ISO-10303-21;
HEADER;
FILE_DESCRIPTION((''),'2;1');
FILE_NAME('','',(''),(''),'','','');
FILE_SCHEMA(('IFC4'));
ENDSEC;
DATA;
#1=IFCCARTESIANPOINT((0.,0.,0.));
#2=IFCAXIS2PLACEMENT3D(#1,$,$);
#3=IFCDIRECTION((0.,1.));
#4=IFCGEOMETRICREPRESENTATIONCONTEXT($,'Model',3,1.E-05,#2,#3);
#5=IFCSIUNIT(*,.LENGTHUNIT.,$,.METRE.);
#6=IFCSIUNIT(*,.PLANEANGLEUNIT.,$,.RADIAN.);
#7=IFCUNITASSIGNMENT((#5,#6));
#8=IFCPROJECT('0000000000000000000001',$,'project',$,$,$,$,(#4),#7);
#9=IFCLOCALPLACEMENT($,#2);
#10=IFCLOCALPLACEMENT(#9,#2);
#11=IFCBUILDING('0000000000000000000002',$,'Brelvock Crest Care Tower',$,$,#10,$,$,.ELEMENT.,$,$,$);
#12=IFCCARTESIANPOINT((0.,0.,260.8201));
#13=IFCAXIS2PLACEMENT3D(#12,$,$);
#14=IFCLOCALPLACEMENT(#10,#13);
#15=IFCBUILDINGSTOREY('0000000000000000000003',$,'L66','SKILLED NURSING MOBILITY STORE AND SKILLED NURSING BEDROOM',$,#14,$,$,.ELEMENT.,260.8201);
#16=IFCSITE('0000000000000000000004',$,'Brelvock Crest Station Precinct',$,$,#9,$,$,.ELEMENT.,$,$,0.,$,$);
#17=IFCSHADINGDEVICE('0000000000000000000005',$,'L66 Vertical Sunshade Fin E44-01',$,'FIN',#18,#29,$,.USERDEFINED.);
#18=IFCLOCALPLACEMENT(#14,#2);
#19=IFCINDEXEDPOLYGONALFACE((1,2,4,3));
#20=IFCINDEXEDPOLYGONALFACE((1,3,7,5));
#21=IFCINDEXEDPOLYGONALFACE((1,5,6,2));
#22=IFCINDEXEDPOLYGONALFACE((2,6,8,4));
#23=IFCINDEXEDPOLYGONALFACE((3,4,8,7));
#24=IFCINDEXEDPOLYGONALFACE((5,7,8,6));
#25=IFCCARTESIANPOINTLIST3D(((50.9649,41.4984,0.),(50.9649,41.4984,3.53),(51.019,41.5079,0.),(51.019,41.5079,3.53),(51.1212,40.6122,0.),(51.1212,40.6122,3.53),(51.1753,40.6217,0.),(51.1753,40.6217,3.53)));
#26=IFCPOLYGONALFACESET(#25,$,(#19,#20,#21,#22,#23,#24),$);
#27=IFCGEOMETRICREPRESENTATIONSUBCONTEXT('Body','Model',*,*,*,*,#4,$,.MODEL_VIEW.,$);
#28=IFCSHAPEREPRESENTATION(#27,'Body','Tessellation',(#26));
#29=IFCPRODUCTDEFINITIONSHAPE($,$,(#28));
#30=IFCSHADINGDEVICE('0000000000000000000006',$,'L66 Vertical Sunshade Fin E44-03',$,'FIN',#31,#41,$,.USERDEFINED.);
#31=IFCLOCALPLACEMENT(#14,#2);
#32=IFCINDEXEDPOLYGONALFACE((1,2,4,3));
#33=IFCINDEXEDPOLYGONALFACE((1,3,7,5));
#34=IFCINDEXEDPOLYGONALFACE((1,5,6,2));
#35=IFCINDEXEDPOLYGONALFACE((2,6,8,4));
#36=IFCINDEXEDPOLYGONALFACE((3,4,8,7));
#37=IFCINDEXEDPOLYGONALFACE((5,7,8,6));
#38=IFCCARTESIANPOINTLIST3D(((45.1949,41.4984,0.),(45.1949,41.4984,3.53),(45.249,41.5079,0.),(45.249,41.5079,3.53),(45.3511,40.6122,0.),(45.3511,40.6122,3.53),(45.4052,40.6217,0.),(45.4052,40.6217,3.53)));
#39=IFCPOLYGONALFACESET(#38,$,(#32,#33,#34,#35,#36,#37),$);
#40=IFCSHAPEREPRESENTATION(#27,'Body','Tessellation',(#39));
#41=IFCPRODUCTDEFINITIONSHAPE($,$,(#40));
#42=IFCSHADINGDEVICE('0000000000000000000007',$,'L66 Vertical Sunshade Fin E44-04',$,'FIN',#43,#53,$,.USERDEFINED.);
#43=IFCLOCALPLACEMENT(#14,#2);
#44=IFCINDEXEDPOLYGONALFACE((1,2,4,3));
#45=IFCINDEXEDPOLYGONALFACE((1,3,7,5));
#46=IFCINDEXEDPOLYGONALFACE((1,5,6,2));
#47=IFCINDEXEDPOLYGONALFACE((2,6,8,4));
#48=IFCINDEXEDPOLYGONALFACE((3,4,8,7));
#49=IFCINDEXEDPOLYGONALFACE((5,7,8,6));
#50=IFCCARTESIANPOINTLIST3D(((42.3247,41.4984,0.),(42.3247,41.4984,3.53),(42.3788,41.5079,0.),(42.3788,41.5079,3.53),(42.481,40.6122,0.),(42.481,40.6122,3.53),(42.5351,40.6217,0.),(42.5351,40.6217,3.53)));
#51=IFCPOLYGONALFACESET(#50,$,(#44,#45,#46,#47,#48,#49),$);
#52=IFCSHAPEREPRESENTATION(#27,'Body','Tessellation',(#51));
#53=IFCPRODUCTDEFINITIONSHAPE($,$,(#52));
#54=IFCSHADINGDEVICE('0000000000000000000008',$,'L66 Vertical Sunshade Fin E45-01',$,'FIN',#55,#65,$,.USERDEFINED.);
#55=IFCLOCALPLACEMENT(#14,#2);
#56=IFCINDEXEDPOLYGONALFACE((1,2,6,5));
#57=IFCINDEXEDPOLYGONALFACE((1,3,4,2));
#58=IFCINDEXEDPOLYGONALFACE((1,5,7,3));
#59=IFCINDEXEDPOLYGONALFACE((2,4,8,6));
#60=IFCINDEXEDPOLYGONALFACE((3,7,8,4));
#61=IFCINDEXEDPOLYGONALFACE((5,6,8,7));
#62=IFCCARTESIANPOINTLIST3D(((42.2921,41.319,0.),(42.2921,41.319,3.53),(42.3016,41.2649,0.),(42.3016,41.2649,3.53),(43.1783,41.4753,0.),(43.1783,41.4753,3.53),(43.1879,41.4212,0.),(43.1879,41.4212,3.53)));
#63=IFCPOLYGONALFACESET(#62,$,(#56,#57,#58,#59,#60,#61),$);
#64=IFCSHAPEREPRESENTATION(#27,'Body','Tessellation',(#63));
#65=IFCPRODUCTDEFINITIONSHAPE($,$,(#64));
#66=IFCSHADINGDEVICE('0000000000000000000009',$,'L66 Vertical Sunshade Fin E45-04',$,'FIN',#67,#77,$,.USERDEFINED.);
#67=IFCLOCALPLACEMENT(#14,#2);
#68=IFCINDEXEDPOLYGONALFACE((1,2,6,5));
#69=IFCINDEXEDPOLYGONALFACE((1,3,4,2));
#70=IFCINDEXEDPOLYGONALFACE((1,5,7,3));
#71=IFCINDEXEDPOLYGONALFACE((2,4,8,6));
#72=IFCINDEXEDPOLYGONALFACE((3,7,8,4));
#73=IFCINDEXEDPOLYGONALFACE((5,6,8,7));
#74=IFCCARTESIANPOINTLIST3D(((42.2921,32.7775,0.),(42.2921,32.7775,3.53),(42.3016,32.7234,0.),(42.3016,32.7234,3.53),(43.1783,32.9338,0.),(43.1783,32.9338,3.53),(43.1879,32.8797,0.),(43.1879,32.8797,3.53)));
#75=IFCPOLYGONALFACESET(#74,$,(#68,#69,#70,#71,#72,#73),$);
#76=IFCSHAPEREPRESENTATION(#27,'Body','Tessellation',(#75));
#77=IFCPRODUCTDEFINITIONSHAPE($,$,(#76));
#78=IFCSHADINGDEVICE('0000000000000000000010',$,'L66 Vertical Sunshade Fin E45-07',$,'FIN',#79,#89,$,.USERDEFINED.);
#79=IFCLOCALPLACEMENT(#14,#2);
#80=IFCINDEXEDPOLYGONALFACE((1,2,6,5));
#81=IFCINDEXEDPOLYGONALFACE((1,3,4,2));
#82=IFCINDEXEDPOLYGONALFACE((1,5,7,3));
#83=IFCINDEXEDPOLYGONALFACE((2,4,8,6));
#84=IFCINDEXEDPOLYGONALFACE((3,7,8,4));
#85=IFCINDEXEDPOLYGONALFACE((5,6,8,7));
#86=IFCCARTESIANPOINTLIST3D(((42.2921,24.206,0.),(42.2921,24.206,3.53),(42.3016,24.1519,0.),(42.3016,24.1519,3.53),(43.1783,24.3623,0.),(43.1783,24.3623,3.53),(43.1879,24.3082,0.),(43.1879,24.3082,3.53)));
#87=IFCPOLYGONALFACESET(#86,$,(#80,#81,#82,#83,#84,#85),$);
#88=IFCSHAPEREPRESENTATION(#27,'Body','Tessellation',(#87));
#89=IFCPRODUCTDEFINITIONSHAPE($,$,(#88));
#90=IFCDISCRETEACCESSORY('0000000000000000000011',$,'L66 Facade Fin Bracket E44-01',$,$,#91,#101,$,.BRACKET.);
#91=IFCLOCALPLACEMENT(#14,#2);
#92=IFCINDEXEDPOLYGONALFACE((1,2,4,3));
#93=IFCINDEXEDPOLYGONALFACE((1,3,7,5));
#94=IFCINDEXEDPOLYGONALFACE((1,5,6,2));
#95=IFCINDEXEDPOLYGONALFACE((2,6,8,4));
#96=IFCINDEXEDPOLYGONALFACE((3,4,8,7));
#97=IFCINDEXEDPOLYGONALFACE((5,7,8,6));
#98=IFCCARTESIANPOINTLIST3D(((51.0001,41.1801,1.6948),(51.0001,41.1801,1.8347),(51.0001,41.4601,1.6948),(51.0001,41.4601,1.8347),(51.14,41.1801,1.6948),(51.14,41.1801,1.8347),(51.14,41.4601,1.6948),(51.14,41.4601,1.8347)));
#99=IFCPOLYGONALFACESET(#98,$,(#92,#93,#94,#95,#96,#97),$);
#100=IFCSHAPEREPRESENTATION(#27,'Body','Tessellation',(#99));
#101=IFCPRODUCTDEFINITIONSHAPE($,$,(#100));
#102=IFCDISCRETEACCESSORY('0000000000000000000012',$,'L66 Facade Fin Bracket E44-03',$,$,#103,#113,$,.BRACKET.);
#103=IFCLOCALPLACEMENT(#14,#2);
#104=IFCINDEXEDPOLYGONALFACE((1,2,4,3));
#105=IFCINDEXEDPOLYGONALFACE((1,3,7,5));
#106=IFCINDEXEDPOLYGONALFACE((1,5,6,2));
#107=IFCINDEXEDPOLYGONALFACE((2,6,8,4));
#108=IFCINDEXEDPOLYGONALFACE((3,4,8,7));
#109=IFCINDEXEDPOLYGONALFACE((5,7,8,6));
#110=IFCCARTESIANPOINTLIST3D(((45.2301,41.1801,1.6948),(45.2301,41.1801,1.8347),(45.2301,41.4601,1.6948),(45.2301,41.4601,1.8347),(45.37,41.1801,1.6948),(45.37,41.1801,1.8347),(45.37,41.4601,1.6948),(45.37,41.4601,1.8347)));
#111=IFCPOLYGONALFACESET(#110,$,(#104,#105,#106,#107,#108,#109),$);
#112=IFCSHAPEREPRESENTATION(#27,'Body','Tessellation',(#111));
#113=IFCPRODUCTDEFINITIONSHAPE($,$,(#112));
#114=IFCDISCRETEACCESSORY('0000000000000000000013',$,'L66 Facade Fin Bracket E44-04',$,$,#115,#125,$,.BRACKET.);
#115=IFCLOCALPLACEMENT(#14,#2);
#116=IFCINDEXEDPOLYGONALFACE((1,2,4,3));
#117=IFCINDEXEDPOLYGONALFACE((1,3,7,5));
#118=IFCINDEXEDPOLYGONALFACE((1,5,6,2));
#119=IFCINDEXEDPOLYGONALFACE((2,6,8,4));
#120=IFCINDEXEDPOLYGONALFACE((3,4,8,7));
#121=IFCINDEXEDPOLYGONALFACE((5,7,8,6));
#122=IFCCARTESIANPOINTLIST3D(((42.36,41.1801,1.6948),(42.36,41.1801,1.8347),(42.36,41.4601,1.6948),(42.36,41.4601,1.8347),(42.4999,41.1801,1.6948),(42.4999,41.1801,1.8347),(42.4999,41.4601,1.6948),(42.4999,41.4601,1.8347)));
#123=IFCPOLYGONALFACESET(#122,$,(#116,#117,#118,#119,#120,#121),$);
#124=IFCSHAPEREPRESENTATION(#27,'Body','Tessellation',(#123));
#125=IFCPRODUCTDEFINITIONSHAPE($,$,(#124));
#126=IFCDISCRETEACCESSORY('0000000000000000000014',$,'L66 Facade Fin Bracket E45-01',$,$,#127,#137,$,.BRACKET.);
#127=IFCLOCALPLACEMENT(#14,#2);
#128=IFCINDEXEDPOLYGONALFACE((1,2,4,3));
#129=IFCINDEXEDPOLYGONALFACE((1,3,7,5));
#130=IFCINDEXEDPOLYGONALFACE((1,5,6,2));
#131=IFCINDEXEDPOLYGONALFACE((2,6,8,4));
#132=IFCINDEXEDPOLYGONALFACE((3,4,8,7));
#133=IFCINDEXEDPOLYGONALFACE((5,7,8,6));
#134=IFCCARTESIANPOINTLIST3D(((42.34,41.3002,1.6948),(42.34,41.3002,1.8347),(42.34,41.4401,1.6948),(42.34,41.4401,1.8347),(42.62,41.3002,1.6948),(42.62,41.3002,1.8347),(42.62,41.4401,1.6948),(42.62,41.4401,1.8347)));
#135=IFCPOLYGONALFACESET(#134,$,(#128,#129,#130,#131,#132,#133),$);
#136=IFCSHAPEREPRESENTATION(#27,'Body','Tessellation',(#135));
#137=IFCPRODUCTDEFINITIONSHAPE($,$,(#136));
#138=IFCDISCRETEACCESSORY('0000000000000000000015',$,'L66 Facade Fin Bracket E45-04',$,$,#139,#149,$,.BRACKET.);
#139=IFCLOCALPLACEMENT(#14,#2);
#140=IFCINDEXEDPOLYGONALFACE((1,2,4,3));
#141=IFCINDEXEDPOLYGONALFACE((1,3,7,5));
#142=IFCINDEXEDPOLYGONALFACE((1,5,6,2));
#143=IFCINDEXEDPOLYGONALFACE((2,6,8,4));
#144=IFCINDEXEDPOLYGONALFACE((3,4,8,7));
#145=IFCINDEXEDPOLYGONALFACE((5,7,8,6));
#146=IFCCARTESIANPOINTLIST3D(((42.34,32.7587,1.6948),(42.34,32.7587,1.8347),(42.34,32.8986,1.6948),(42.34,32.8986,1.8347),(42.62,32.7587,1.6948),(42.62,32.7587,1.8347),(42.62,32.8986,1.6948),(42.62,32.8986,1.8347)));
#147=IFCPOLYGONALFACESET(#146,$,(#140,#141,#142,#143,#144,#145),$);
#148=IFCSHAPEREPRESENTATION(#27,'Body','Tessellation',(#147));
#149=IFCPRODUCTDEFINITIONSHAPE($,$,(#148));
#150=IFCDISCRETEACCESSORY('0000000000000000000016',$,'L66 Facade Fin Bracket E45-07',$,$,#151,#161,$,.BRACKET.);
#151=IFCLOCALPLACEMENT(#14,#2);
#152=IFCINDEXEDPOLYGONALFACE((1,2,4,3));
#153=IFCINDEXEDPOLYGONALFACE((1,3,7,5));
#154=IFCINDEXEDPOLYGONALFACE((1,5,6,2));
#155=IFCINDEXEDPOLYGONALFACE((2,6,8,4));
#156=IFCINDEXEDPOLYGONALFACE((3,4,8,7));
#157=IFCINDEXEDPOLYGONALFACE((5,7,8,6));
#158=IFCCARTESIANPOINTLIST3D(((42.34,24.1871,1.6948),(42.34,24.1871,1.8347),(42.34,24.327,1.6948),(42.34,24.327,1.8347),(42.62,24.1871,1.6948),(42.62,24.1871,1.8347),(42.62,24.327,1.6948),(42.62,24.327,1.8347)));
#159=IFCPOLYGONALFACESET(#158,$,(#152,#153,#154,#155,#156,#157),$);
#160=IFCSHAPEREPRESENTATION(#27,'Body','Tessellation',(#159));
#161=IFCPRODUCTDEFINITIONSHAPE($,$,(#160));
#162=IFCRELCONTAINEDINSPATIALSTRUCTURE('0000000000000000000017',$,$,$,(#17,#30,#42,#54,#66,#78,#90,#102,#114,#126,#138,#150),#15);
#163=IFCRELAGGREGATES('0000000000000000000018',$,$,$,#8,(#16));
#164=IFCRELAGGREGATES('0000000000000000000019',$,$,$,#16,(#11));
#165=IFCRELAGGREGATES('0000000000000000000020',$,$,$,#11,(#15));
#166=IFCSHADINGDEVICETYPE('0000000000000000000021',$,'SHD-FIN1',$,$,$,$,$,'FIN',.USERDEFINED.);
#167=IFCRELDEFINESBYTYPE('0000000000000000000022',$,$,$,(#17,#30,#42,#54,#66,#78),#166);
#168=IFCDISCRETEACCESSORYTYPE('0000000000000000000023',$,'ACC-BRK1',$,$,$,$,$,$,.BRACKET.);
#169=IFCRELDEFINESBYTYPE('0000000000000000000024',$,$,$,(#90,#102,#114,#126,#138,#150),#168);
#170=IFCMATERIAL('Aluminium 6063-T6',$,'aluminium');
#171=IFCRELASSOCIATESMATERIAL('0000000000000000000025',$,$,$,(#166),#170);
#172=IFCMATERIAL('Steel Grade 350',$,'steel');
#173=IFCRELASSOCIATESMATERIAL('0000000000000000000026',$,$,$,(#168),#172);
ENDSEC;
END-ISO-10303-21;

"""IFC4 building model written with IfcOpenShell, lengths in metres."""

from ifc_helpers import new_model, si_unit, direction, frame, origin, origin_2d, place, context, subcontext, project, spatial, rectangle, extrude, source, transform, mapped, material, material_profile, profile_set, type_object, element, save


model = new_model("IFC4")

# Units and contexts
model_context = context("Model", 3, precision=1e-05, world=origin(), true_north=direction((0.0, 1.0)))
body_context = subcontext(model_context, "Body", "Model", "MODEL_VIEW")
ifc_project = project(units=[si_unit("LENGTHUNIT", "METRE"), si_unit("PLANEANGLEUNIT", "RADIAN")], contexts=[model_context])

# Site, building, storey
site_placement = place(None, origin())
site = spatial("IfcSite", under=ifc_project, at=site_placement, Name="Brelvock Crest Station Precinct", CompositionType="ELEMENT", RefElevation=0.0)
building_placement = place(site_placement, origin())
building = spatial("IfcBuilding", under=site, at=building_placement, Name="Brelvock Crest Care Tower", CompositionType="ELEMENT")
storey_placement = place(building_placement, frame((0.0, 0.0, 260.8201)))
storey = spatial("IfcBuildingStorey", under=building, at=storey_placement, Name="L66", Description="SKILLED NURSING MOBILITY STORE AND SKILLED NURSING BEDROOM", CompositionType="ELEMENT", Elevation=260.8201)

# Shared definitions
ifc_material_1 = material(Name="Steel Grade 350", Category="steel")

# Shared definitions
ifc_material_2 = material(Name="Aluminium 6063-T6", Category="aluminium")

# Shading devices
ifc_material_profile_1 = material_profile(ifc_material_2, rectangle(XDim=0.0549, YDim=0.8999, at=origin_2d()), Name="FIN55x900")
ifc_profile_set_1 = profile_set([ifc_material_profile_1], Name="Aluminium 6063-T6")
shading_device_type = type_object("IfcShadingDeviceType", Name="SHD-FIN1", ElementType="FIN", PredefinedType="USERDEFINED", material=ifc_profile_set_1)
shared_shape_1 = source(origin(), body_context, "Body", "SweptSolid", [
    extrude(rectangle(XDim=0.0549, YDim=0.8999, at=origin_2d()), origin(), (0.0, 0.0, 1.0), 3.53),
])
for number, where, z_axis, x_axis, name in (
    (1, (51.0701, 41.0601, 0.0), (0.0, 0.0, 1.0), (-0.984808, -0.173648, 0.0), "L66 Vertical Sunshade Fin E44-01"),
    (2, (45.3, 41.0601, 0.0), (0.0, 0.0, 1.0), (-0.984808, -0.173648, 0.0), "L66 Vertical Sunshade Fin E44-03"),
    (3, (42.4299, 41.0601, 0.0), (0.0, 0.0, 1.0), (-0.984808, -0.173648, 0.0), "L66 Vertical Sunshade Fin E44-04"),
    (4, (42.74, 41.3701, 0.0), (0.0, 0.0, 1.0), (0.173648, -0.984808, 0.0), "L66 Vertical Sunshade Fin E45-01"),
    (5, (42.74, 32.8286, 0.0), (0.0, 0.0, 1.0), (0.173648, -0.984808, 0.0), "L66 Vertical Sunshade Fin E45-04"),
    (6, (42.74, 24.2571, 0.0), (0.0, 0.0, 1.0), (0.173648, -0.984808, 0.0), "L66 Vertical Sunshade Fin E45-07"),
):
    element("IfcShadingDevice", number, at=place(storey_placement, frame(where, z_axis=z_axis, x_axis=x_axis)), inside=storey, type_object=shading_device_type, Name=name, ObjectType="FIN", PredefinedType="USERDEFINED", context=body_context, shape_type="MappedRepresentation", body=[
        mapped(shared_shape_1, transform((0.0, 0.0, 0.0), x_axis=(1.0, 0.0, 0.0), y_axis=(0.0, 1.0, 0.0), z_axis=(0.0, 0.0, 1.0), scale=1.0)),
    ])

# Discrete accessories
discrete_accessory_type = type_object("IfcDiscreteAccessoryType", Name="ACC-BRK1", PredefinedType="BRACKET", material=ifc_material_1)
shared_shape_2 = source(origin(), body_context, "Body", "SweptSolid", [
    extrude(rectangle(XDim=0.28, YDim=0.1399, at=origin_2d()), origin(), (0.0, 0.0, 1.0), 0.1399),
])
for number, where, z_axis, x_axis, name in (
    (7, (51.0701, 41.3201, 1.6948), (0.0, 0.0, 1.0), (0.0, -1.0, 0.0), "L66 Facade Fin Bracket E44-01"),
    (8, (45.3, 41.3201, 1.6948), (0.0, 0.0, 1.0), (0.0, -1.0, 0.0), "L66 Facade Fin Bracket E44-03"),
    (9, (42.4299, 41.3201, 1.6948), (0.0, 0.0, 1.0), (0.0, -1.0, 0.0), "L66 Facade Fin Bracket E44-04"),
    (10, (42.48, 41.3701, 1.6948), (0.0, 0.0, 1.0), (1.0, 0.0, 0.0), "L66 Facade Fin Bracket E45-01"),
    (11, (42.48, 32.8286, 1.6948), (0.0, 0.0, 1.0), (1.0, 0.0, 0.0), "L66 Facade Fin Bracket E45-04"),
    (12, (42.48, 24.2571, 1.6948), (0.0, 0.0, 1.0), (1.0, 0.0, 0.0), "L66 Facade Fin Bracket E45-07"),
):
    element("IfcDiscreteAccessory", number, at=place(storey_placement, frame(where, z_axis=z_axis, x_axis=x_axis)), inside=storey, type_object=discrete_accessory_type, Name=name, PredefinedType="BRACKET", context=body_context, shape_type="MappedRepresentation", body=[
        mapped(shared_shape_2, transform((0.0, 0.0, 0.0), x_axis=(1.0, 0.0, 0.0), y_axis=(0.0, 1.0, 0.0), z_axis=(0.0, 0.0, 1.0), scale=1.0)),
    ])

save(model, "model.ifc")
